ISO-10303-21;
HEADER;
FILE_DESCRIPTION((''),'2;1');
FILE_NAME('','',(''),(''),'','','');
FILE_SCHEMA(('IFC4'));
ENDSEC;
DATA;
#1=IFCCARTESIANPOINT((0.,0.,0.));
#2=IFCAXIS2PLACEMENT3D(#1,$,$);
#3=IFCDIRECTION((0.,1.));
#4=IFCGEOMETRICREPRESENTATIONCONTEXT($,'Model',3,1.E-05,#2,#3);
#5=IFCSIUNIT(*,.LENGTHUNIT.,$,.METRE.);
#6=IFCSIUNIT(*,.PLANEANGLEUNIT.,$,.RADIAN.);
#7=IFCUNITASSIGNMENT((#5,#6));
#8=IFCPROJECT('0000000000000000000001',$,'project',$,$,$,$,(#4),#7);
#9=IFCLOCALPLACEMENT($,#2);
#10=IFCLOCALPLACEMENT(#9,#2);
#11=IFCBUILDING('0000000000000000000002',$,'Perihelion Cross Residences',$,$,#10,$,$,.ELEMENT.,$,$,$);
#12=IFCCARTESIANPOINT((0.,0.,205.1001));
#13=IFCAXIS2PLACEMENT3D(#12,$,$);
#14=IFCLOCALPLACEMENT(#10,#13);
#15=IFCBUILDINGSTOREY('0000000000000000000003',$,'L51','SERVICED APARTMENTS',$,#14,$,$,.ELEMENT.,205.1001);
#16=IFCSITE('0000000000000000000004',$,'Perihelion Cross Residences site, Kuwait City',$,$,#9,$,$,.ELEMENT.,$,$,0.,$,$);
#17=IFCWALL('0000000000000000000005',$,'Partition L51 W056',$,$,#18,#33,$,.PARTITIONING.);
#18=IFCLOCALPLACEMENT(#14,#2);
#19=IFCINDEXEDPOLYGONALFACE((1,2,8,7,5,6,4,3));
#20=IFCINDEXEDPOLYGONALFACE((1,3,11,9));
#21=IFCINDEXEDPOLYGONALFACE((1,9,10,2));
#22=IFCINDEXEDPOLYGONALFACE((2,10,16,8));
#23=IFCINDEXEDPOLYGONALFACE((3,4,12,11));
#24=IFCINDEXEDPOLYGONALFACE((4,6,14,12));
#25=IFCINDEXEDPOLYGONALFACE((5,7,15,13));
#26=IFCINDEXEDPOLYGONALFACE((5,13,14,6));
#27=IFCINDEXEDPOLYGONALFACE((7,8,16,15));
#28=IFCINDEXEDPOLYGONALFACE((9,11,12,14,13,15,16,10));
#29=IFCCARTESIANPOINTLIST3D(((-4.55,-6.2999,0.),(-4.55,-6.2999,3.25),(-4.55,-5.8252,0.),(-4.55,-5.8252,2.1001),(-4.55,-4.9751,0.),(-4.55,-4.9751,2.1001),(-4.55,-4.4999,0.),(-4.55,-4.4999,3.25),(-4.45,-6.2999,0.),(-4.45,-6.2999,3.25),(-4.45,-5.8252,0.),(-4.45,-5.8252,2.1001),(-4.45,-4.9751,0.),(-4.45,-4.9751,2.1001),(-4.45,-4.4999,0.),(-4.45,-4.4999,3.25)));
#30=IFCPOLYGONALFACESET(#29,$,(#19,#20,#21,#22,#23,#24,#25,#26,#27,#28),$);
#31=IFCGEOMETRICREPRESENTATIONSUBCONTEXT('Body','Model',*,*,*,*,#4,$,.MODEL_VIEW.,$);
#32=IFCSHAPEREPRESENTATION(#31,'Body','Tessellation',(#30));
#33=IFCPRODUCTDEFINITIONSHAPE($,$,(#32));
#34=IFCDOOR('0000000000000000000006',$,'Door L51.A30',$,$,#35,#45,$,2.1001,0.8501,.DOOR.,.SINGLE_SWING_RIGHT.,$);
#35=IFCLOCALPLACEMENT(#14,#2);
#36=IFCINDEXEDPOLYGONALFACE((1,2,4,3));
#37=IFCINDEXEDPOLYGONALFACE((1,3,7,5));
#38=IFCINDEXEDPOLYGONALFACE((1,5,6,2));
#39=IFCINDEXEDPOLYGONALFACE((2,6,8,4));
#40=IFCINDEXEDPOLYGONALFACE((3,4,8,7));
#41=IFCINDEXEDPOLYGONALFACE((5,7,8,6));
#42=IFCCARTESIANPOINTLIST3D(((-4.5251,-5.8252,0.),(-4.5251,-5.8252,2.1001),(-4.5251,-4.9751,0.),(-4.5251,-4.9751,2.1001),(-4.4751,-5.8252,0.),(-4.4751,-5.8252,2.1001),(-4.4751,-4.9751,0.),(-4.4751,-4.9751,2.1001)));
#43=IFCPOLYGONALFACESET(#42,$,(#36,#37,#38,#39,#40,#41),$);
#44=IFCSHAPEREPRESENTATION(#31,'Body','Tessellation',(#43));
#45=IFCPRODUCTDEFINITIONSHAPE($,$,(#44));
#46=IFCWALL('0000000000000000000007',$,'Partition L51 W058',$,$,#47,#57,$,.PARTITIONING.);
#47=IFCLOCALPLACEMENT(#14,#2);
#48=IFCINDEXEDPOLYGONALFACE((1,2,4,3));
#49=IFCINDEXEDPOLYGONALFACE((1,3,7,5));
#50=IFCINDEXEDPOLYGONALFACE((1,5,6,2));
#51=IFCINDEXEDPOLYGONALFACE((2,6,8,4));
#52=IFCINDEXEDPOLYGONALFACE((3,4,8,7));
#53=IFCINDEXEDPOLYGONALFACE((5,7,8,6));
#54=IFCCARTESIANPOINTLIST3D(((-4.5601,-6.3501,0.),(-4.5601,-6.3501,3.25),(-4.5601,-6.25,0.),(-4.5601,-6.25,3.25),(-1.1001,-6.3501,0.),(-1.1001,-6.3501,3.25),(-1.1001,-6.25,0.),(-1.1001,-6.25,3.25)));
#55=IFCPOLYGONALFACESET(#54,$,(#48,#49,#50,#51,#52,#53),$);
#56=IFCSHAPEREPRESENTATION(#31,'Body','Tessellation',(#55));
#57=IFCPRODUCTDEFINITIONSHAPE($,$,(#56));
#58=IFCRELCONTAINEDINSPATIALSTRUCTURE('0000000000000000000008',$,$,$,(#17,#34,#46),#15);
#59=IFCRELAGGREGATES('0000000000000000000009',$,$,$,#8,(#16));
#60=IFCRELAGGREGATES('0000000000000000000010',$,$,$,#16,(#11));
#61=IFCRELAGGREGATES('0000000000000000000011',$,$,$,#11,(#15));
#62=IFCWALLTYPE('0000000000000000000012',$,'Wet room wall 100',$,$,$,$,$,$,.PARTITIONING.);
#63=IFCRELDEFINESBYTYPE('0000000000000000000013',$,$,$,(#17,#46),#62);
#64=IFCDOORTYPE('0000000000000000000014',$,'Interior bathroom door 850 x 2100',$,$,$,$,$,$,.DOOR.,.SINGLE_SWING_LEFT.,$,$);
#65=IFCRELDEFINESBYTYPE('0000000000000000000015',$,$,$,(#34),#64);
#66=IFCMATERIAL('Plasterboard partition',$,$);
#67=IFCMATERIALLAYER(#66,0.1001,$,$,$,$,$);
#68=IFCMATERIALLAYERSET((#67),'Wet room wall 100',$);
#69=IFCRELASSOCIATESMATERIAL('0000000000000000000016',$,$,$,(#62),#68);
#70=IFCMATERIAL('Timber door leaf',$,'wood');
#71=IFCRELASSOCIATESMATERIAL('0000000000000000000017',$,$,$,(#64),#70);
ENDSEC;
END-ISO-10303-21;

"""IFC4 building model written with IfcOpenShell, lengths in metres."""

from ifc_helpers import new_model, si_unit, direction, frame, frame_2d, origin, place, context, subcontext, project, spatial, rectangle, extrude, material, layer, layer_set, type_object, element, fill, save


model = new_model("IFC4")

# Units and contexts
model_context = context("Model", 3, precision=1e-05, world=origin(), true_north=direction((0.0, 1.0)))
body_context = subcontext(model_context, "Body", "Model", "MODEL_VIEW")
ifc_project = project(units=[si_unit("LENGTHUNIT", "METRE"), si_unit("PLANEANGLEUNIT", "RADIAN")], contexts=[model_context])

# Site, building, storey
site_placement = place(None, origin())
site = spatial("IfcSite", under=ifc_project, at=site_placement, Name="Perihelion Cross Residences site, Kuwait City", CompositionType="ELEMENT", RefElevation=0.0)
building_placement = place(site_placement, origin())
building = spatial("IfcBuilding", under=site, at=building_placement, Name="Perihelion Cross Residences", CompositionType="ELEMENT")
storey_placement = place(building_placement, frame((0.0, 0.0, 205.1001)))
storey = spatial("IfcBuildingStorey", under=building, at=storey_placement, Name="L51", Description="SERVICED APARTMENTS", CompositionType="ELEMENT", Elevation=205.1001)

# Wall, opening, door
ifc_material_1 = material(Name="Plasterboard partition")
ifc_layer_1 = layer(ifc_material_1, 0.1001)
ifc_layer_set_1 = layer_set([ifc_layer_1], Name="Wet room wall 100")
wall_type_1 = type_object("IfcWallType", Name="Wet room wall 100", PredefinedType="PARTITIONING", material=ifc_layer_set_1)
wall_1_placement = place(storey_placement, frame((-4.5, -4.5, 0.0), z_axis=(0.0, 0.0, 1.0), x_axis=(0.0, -1.0, 0.0)))
wall_1 = element("IfcWall", 1, at=wall_1_placement, inside=storey, type_object=wall_type_1, Name="Partition L51 W056", PredefinedType="PARTITIONING", context=body_context, shape_type="SweptSolid", body=[
    extrude(rectangle(XDim=1.8, YDim=0.1001, at=frame_2d((0.8999, 0.0))), origin(), (0.0, 0.0, 1.0), 3.25),
])
opening_1_placement = place(wall_1_placement, frame((0.4751, 0.0, 0.0)))
opening_1 = element("IfcOpeningElement", 2, at=opening_1_placement, cuts=wall_1, PredefinedType="OPENING", context=body_context, shape_type="SweptSolid", body=[
    extrude(rectangle(XDim=0.8501, YDim=2.1001, at=frame_2d((0.425, 1.05))), frame((0.0, 0.0601, 0.0), z_axis=(0.0, -1.0, 0.0), x_axis=(1.0, 0.0, 0.0)), (0.0, 0.0, 1.0), 0.1201),
])
ifc_material_2 = material(Name="Timber door leaf", Category="wood")
door_type_1 = type_object("IfcDoorType", Name="Interior bathroom door 850 x 2100", OperationType="SINGLE_SWING_LEFT", PredefinedType="DOOR", material=ifc_material_2)
door_1_placement = place(opening_1_placement, origin())
door_1 = element("IfcDoor", 3, at=door_1_placement, inside=storey, type_object=door_type_1, Name="Door L51.A30", OperationType="SINGLE_SWING_RIGHT", OverallHeight=2.1001, OverallWidth=0.8501, PredefinedType="DOOR", context=body_context, shape_type="SweptSolid", body=[
    extrude(rectangle(XDim=0.8501, YDim=2.1001, at=frame_2d((0.425, 1.05))), frame((0.0, 0.0249, 0.0), z_axis=(0.0, -1.0, 0.0), x_axis=(1.0, 0.0, 0.0)), (0.0, 0.0, 1.0), 0.05),
])
fill(opening_1, door_1)

# Wall
wall_2_placement = place(storey_placement, frame((-1.1001, -6.3, 0.0), z_axis=(0.0, 0.0, 1.0), x_axis=(-1.0, 0.0, 0.0)))
element("IfcWall", 4, at=wall_2_placement, inside=storey, type_object=wall_type_1, Name="Partition L51 W058", PredefinedType="PARTITIONING", context=body_context, shape_type="SweptSolid", body=[
    extrude(rectangle(XDim=3.46, YDim=0.1001, at=frame_2d((1.73, 0.0))), origin(), (0.0, 0.0, 1.0), 3.25),
])

save(model, "model.ifc")
